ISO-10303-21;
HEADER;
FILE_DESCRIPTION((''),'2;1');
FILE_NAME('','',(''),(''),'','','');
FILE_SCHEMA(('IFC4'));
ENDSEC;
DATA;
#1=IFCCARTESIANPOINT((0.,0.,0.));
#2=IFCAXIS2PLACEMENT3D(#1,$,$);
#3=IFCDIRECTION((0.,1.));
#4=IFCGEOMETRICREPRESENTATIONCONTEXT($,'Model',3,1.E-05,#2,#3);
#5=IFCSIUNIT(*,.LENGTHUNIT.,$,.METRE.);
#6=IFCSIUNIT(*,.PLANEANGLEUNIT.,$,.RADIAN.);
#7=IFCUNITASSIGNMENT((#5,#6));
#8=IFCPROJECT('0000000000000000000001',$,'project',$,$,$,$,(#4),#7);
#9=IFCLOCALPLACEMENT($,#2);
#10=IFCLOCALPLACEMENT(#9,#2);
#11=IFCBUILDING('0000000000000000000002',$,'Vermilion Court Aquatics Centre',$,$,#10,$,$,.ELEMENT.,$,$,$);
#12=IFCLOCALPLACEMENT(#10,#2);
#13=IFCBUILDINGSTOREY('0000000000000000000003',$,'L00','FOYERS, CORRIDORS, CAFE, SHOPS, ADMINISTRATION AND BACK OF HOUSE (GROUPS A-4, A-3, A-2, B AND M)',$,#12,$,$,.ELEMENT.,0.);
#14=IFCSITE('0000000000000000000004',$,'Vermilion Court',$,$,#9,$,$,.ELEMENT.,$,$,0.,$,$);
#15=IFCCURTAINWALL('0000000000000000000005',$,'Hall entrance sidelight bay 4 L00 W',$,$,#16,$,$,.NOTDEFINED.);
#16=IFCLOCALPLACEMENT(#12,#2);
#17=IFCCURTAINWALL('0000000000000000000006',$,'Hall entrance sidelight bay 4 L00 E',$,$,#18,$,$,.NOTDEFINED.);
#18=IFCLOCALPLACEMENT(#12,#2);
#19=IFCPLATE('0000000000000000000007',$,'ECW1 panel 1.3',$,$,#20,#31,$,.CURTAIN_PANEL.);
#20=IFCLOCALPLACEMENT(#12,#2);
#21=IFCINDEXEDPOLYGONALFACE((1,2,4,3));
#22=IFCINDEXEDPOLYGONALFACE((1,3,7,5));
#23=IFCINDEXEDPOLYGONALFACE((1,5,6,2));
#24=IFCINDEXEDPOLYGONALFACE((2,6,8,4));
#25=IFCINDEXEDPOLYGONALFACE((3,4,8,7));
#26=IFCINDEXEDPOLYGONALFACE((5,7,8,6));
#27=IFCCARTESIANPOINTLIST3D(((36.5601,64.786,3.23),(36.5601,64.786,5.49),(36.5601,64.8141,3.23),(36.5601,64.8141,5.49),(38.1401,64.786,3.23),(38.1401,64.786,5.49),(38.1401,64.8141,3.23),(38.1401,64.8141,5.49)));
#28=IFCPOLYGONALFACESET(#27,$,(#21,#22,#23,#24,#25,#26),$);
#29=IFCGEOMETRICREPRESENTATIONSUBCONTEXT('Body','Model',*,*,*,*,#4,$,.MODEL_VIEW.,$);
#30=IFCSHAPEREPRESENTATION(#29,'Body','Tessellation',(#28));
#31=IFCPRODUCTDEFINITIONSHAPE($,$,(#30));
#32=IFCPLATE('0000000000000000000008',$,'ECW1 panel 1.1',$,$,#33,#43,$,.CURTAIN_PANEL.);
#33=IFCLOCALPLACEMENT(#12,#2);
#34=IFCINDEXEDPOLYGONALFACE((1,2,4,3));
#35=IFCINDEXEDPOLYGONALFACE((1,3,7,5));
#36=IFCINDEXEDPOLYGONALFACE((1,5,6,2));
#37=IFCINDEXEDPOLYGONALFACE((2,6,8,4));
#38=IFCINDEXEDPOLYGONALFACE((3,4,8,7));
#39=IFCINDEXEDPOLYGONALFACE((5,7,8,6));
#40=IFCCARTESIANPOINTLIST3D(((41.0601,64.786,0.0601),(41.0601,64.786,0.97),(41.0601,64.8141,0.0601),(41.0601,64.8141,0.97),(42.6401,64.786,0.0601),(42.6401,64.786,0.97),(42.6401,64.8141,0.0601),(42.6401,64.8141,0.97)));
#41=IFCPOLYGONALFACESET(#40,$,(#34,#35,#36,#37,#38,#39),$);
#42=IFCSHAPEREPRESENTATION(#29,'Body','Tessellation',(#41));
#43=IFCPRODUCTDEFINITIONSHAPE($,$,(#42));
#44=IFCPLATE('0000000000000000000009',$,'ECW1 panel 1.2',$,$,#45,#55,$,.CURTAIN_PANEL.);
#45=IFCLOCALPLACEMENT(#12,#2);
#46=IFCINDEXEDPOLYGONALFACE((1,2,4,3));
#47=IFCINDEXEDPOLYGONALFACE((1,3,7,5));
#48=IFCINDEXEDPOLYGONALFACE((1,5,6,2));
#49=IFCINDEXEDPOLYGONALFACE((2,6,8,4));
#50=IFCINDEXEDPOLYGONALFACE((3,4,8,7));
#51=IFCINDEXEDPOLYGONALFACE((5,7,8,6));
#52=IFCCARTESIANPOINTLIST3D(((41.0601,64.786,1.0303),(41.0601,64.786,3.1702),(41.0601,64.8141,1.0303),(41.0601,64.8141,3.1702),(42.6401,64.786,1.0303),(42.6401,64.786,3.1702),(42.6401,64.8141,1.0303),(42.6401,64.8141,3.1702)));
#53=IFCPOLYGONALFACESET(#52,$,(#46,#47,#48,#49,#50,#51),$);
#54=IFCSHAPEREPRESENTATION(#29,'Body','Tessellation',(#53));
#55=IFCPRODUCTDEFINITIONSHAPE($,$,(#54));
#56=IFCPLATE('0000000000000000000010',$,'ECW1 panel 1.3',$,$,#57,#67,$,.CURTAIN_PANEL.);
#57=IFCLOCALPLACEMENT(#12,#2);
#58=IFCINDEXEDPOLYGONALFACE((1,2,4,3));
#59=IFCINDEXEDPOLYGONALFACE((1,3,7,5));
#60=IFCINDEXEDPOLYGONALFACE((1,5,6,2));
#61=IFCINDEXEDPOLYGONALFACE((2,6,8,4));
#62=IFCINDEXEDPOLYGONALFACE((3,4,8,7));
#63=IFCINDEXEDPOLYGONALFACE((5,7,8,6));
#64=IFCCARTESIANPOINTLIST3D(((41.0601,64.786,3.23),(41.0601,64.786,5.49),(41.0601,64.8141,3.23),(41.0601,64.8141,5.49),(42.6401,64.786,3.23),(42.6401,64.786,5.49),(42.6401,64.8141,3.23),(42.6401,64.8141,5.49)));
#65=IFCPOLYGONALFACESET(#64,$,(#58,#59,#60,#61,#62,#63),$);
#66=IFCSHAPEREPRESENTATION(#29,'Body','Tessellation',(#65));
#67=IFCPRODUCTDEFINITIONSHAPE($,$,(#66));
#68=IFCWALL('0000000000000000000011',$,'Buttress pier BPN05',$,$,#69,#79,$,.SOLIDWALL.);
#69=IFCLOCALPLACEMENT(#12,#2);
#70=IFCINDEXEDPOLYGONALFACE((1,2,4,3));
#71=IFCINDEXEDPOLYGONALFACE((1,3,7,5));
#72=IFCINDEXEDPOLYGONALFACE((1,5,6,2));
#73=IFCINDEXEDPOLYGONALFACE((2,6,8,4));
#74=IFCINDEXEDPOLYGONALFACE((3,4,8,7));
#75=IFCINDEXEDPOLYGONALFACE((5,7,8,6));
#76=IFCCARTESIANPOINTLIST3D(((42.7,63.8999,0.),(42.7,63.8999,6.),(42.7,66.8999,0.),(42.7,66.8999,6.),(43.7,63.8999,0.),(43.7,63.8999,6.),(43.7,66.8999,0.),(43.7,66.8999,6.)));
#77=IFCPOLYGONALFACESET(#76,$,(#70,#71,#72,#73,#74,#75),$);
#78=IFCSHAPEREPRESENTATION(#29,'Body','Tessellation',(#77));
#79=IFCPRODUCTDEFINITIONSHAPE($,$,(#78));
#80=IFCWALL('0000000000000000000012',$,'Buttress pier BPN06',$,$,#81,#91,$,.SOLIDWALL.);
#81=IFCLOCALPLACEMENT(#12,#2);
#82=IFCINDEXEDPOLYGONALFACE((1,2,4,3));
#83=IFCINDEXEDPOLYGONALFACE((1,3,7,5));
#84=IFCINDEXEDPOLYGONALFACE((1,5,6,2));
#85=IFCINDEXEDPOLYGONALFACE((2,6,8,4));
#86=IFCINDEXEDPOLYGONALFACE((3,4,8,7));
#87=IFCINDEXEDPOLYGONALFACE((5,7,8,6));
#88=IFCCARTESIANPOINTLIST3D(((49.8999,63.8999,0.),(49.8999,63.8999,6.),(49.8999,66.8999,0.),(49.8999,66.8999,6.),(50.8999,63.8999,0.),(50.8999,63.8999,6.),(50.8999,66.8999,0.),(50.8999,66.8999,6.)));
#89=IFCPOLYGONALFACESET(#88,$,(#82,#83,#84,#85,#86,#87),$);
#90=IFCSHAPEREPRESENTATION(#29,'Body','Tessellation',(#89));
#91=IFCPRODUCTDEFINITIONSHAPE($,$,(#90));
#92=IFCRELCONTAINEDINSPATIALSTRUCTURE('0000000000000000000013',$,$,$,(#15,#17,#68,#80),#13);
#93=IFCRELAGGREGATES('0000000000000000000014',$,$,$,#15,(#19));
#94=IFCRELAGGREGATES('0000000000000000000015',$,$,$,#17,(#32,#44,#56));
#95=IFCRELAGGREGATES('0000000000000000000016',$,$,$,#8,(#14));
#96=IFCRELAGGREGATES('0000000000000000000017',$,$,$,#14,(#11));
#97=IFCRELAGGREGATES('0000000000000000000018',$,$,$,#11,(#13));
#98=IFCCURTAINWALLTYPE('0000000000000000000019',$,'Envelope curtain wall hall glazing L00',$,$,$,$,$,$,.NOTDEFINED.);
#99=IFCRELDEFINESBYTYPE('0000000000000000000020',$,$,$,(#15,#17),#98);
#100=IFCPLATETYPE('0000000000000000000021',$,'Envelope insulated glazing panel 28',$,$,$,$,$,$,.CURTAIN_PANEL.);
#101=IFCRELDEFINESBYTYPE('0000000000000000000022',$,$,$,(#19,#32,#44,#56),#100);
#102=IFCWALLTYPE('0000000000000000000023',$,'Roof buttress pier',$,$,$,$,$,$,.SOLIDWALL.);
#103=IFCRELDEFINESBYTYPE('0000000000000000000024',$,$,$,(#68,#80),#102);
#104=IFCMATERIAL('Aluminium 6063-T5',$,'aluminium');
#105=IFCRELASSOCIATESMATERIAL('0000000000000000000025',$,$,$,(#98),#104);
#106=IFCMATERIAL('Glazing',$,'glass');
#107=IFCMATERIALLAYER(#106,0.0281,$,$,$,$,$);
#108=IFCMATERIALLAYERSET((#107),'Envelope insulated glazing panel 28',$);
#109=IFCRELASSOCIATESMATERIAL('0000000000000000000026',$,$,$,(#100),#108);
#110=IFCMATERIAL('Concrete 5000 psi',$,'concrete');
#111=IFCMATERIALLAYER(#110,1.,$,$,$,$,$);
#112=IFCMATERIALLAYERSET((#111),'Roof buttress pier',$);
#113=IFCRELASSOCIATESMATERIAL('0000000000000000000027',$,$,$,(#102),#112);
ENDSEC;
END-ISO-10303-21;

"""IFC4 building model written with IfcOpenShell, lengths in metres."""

from ifc_helpers import new_model, si_unit, direction, frame, frame_2d, origin, origin_2d, place, context, subcontext, project, spatial, rectangle, extrude, material, layer, layer_set, type_object, element, aggregate, save


model = new_model("IFC4")

# Units and contexts
model_context = context("Model", 3, precision=1e-05, world=origin(), true_north=direction((0.0, 1.0)))
body_context = subcontext(model_context, "Body", "Model", "MODEL_VIEW")
ifc_project = project(units=[si_unit("LENGTHUNIT", "METRE"), si_unit("PLANEANGLEUNIT", "RADIAN")], contexts=[model_context])

# Site, building, storey
site_placement = place(None, origin())
site = spatial("IfcSite", under=ifc_project, at=site_placement, Name="Vermilion Court", CompositionType="ELEMENT", RefElevation=0.0)
building_placement = place(site_placement, origin())
building = spatial("IfcBuilding", under=site, at=building_placement, Name="Vermilion Court Aquatics Centre", CompositionType="ELEMENT")
storey_placement = place(building_placement, origin())
storey = spatial("IfcBuildingStorey", under=building, at=storey_placement, Name="L00", Description="FOYERS, CORRIDORS, CAFE, SHOPS, ADMINISTRATION AND BACK OF HOUSE (GROUPS A-4, A-3, A-2, B AND M)", CompositionType="ELEMENT", Elevation=0.0)

# Curtain wall
ifc_material_1 = material(Name="Aluminium 6063-T5", Category="aluminium")
curtain_wall_type = type_object("IfcCurtainWallType", Name="Envelope curtain wall hall glazing L00", PredefinedType="NOTDEFINED", material=ifc_material_1)
curtain_wall_1_placement = place(storey_placement, origin())
curtain_wall_1 = element("IfcCurtainWall", 1, at=curtain_wall_1_placement, inside=storey, type_object=curtain_wall_type, Name="Hall entrance sidelight bay 4 L00 W", PredefinedType="NOTDEFINED")

# Curtain wall
curtain_wall_2_placement = place(storey_placement, origin())
curtain_wall_2 = element("IfcCurtainWall", 2, at=curtain_wall_2_placement, inside=storey, type_object=curtain_wall_type, Name="Hall entrance sidelight bay 4 L00 E", PredefinedType="NOTDEFINED")

# Plates
ifc_material_2 = material(Name="Glazing", Category="glass")
ifc_layer_1 = layer(ifc_material_2, 0.0281)
ifc_layer_set_1 = layer_set([ifc_layer_1], Name="Envelope insulated glazing panel 28")
plate_type = type_object("IfcPlateType", Name="Envelope insulated glazing panel 28", PredefinedType="CURTAIN_PANEL", material=ifc_layer_set_1)
plate_1_placement = place(storey_placement, frame((37.3501, 64.8, 3.23), z_axis=(0.0, 0.0, 1.0), x_axis=(1.0, 0.0, 0.0)))
plate_1 = element("IfcPlate", 3, at=plate_1_placement, type_object=plate_type, Name="ECW1 panel 1.3", PredefinedType="CURTAIN_PANEL", context=body_context, shape_type="SweptSolid", body=[
    extrude(rectangle(XDim=1.5801, YDim=0.0281, at=origin_2d()), origin(), (0.0, 0.0, 1.0), 2.26),
])
aggregate(curtain_wall_1, [plate_1])
plate_2_placement = place(storey_placement, frame((41.8501, 64.8, 0.0601), z_axis=(0.0, 0.0, 1.0), x_axis=(1.0, 0.0, 0.0)))
plate_2 = element("IfcPlate", 4, at=plate_2_placement, type_object=plate_type, Name="ECW1 panel 1.1", PredefinedType="CURTAIN_PANEL", context=body_context, shape_type="SweptSolid", body=[
    extrude(rectangle(XDim=1.5801, YDim=0.0281, at=origin_2d()), origin(), (0.0, 0.0, 1.0), 0.9099),
])
plate_3_placement = place(storey_placement, frame((41.8501, 64.8, 1.0303), z_axis=(0.0, 0.0, 1.0), x_axis=(1.0, 0.0, 0.0)))
plate_3 = element("IfcPlate", 5, at=plate_3_placement, type_object=plate_type, Name="ECW1 panel 1.2", PredefinedType="CURTAIN_PANEL", context=body_context, shape_type="SweptSolid", body=[
    extrude(rectangle(XDim=1.5801, YDim=0.0281, at=origin_2d()), origin(), (0.0, 0.0, 1.0), 2.1399),
])
plate_4_placement = place(storey_placement, frame((41.8501, 64.8, 3.23), z_axis=(0.0, 0.0, 1.0), x_axis=(1.0, 0.0, 0.0)))
plate_4 = element("IfcPlate", 6, at=plate_4_placement, type_object=plate_type, Name="ECW1 panel 1.3", PredefinedType="CURTAIN_PANEL", context=body_context, shape_type="SweptSolid", body=[
    extrude(rectangle(XDim=1.5801, YDim=0.0281, at=origin_2d()), origin(), (0.0, 0.0, 1.0), 2.26),
])
aggregate(curtain_wall_2, [plate_2, plate_3, plate_4])

# Walls
ifc_material_3 = material(Name="Concrete 5000 psi", Category="concrete")
ifc_layer_2 = layer(ifc_material_3, 1.0)
ifc_layer_set_2 = layer_set([ifc_layer_2], Name="Roof buttress pier")
wall_type_1 = type_object("IfcWallType", Name="Roof buttress pier", PredefinedType="SOLIDWALL", material=ifc_layer_set_2)
for number, where, z_axis, x_axis, name in (
    (7, (43.2, 63.8999, 0.0), (0.0, 0.0, 1.0), (0.0, 1.0, 0.0), "Buttress pier BPN05"),
    (8, (50.3999, 63.8999, 0.0), (0.0, 0.0, 1.0), (0.0, 1.0, 0.0), "Buttress pier BPN06"),
):
    element("IfcWall", number, at=place(storey_placement, frame(where, z_axis=z_axis, x_axis=x_axis)), inside=storey, type_object=wall_type_1, Name=name, PredefinedType="SOLIDWALL", context=body_context, shape_type="SweptSolid", body=[
        extrude(rectangle(XDim=3.0, YDim=1.0, at=frame_2d((1.5, 0.0))), origin(), (0.0, 0.0, 1.0), 6.0),
    ])

save(model, "model.ifc")
